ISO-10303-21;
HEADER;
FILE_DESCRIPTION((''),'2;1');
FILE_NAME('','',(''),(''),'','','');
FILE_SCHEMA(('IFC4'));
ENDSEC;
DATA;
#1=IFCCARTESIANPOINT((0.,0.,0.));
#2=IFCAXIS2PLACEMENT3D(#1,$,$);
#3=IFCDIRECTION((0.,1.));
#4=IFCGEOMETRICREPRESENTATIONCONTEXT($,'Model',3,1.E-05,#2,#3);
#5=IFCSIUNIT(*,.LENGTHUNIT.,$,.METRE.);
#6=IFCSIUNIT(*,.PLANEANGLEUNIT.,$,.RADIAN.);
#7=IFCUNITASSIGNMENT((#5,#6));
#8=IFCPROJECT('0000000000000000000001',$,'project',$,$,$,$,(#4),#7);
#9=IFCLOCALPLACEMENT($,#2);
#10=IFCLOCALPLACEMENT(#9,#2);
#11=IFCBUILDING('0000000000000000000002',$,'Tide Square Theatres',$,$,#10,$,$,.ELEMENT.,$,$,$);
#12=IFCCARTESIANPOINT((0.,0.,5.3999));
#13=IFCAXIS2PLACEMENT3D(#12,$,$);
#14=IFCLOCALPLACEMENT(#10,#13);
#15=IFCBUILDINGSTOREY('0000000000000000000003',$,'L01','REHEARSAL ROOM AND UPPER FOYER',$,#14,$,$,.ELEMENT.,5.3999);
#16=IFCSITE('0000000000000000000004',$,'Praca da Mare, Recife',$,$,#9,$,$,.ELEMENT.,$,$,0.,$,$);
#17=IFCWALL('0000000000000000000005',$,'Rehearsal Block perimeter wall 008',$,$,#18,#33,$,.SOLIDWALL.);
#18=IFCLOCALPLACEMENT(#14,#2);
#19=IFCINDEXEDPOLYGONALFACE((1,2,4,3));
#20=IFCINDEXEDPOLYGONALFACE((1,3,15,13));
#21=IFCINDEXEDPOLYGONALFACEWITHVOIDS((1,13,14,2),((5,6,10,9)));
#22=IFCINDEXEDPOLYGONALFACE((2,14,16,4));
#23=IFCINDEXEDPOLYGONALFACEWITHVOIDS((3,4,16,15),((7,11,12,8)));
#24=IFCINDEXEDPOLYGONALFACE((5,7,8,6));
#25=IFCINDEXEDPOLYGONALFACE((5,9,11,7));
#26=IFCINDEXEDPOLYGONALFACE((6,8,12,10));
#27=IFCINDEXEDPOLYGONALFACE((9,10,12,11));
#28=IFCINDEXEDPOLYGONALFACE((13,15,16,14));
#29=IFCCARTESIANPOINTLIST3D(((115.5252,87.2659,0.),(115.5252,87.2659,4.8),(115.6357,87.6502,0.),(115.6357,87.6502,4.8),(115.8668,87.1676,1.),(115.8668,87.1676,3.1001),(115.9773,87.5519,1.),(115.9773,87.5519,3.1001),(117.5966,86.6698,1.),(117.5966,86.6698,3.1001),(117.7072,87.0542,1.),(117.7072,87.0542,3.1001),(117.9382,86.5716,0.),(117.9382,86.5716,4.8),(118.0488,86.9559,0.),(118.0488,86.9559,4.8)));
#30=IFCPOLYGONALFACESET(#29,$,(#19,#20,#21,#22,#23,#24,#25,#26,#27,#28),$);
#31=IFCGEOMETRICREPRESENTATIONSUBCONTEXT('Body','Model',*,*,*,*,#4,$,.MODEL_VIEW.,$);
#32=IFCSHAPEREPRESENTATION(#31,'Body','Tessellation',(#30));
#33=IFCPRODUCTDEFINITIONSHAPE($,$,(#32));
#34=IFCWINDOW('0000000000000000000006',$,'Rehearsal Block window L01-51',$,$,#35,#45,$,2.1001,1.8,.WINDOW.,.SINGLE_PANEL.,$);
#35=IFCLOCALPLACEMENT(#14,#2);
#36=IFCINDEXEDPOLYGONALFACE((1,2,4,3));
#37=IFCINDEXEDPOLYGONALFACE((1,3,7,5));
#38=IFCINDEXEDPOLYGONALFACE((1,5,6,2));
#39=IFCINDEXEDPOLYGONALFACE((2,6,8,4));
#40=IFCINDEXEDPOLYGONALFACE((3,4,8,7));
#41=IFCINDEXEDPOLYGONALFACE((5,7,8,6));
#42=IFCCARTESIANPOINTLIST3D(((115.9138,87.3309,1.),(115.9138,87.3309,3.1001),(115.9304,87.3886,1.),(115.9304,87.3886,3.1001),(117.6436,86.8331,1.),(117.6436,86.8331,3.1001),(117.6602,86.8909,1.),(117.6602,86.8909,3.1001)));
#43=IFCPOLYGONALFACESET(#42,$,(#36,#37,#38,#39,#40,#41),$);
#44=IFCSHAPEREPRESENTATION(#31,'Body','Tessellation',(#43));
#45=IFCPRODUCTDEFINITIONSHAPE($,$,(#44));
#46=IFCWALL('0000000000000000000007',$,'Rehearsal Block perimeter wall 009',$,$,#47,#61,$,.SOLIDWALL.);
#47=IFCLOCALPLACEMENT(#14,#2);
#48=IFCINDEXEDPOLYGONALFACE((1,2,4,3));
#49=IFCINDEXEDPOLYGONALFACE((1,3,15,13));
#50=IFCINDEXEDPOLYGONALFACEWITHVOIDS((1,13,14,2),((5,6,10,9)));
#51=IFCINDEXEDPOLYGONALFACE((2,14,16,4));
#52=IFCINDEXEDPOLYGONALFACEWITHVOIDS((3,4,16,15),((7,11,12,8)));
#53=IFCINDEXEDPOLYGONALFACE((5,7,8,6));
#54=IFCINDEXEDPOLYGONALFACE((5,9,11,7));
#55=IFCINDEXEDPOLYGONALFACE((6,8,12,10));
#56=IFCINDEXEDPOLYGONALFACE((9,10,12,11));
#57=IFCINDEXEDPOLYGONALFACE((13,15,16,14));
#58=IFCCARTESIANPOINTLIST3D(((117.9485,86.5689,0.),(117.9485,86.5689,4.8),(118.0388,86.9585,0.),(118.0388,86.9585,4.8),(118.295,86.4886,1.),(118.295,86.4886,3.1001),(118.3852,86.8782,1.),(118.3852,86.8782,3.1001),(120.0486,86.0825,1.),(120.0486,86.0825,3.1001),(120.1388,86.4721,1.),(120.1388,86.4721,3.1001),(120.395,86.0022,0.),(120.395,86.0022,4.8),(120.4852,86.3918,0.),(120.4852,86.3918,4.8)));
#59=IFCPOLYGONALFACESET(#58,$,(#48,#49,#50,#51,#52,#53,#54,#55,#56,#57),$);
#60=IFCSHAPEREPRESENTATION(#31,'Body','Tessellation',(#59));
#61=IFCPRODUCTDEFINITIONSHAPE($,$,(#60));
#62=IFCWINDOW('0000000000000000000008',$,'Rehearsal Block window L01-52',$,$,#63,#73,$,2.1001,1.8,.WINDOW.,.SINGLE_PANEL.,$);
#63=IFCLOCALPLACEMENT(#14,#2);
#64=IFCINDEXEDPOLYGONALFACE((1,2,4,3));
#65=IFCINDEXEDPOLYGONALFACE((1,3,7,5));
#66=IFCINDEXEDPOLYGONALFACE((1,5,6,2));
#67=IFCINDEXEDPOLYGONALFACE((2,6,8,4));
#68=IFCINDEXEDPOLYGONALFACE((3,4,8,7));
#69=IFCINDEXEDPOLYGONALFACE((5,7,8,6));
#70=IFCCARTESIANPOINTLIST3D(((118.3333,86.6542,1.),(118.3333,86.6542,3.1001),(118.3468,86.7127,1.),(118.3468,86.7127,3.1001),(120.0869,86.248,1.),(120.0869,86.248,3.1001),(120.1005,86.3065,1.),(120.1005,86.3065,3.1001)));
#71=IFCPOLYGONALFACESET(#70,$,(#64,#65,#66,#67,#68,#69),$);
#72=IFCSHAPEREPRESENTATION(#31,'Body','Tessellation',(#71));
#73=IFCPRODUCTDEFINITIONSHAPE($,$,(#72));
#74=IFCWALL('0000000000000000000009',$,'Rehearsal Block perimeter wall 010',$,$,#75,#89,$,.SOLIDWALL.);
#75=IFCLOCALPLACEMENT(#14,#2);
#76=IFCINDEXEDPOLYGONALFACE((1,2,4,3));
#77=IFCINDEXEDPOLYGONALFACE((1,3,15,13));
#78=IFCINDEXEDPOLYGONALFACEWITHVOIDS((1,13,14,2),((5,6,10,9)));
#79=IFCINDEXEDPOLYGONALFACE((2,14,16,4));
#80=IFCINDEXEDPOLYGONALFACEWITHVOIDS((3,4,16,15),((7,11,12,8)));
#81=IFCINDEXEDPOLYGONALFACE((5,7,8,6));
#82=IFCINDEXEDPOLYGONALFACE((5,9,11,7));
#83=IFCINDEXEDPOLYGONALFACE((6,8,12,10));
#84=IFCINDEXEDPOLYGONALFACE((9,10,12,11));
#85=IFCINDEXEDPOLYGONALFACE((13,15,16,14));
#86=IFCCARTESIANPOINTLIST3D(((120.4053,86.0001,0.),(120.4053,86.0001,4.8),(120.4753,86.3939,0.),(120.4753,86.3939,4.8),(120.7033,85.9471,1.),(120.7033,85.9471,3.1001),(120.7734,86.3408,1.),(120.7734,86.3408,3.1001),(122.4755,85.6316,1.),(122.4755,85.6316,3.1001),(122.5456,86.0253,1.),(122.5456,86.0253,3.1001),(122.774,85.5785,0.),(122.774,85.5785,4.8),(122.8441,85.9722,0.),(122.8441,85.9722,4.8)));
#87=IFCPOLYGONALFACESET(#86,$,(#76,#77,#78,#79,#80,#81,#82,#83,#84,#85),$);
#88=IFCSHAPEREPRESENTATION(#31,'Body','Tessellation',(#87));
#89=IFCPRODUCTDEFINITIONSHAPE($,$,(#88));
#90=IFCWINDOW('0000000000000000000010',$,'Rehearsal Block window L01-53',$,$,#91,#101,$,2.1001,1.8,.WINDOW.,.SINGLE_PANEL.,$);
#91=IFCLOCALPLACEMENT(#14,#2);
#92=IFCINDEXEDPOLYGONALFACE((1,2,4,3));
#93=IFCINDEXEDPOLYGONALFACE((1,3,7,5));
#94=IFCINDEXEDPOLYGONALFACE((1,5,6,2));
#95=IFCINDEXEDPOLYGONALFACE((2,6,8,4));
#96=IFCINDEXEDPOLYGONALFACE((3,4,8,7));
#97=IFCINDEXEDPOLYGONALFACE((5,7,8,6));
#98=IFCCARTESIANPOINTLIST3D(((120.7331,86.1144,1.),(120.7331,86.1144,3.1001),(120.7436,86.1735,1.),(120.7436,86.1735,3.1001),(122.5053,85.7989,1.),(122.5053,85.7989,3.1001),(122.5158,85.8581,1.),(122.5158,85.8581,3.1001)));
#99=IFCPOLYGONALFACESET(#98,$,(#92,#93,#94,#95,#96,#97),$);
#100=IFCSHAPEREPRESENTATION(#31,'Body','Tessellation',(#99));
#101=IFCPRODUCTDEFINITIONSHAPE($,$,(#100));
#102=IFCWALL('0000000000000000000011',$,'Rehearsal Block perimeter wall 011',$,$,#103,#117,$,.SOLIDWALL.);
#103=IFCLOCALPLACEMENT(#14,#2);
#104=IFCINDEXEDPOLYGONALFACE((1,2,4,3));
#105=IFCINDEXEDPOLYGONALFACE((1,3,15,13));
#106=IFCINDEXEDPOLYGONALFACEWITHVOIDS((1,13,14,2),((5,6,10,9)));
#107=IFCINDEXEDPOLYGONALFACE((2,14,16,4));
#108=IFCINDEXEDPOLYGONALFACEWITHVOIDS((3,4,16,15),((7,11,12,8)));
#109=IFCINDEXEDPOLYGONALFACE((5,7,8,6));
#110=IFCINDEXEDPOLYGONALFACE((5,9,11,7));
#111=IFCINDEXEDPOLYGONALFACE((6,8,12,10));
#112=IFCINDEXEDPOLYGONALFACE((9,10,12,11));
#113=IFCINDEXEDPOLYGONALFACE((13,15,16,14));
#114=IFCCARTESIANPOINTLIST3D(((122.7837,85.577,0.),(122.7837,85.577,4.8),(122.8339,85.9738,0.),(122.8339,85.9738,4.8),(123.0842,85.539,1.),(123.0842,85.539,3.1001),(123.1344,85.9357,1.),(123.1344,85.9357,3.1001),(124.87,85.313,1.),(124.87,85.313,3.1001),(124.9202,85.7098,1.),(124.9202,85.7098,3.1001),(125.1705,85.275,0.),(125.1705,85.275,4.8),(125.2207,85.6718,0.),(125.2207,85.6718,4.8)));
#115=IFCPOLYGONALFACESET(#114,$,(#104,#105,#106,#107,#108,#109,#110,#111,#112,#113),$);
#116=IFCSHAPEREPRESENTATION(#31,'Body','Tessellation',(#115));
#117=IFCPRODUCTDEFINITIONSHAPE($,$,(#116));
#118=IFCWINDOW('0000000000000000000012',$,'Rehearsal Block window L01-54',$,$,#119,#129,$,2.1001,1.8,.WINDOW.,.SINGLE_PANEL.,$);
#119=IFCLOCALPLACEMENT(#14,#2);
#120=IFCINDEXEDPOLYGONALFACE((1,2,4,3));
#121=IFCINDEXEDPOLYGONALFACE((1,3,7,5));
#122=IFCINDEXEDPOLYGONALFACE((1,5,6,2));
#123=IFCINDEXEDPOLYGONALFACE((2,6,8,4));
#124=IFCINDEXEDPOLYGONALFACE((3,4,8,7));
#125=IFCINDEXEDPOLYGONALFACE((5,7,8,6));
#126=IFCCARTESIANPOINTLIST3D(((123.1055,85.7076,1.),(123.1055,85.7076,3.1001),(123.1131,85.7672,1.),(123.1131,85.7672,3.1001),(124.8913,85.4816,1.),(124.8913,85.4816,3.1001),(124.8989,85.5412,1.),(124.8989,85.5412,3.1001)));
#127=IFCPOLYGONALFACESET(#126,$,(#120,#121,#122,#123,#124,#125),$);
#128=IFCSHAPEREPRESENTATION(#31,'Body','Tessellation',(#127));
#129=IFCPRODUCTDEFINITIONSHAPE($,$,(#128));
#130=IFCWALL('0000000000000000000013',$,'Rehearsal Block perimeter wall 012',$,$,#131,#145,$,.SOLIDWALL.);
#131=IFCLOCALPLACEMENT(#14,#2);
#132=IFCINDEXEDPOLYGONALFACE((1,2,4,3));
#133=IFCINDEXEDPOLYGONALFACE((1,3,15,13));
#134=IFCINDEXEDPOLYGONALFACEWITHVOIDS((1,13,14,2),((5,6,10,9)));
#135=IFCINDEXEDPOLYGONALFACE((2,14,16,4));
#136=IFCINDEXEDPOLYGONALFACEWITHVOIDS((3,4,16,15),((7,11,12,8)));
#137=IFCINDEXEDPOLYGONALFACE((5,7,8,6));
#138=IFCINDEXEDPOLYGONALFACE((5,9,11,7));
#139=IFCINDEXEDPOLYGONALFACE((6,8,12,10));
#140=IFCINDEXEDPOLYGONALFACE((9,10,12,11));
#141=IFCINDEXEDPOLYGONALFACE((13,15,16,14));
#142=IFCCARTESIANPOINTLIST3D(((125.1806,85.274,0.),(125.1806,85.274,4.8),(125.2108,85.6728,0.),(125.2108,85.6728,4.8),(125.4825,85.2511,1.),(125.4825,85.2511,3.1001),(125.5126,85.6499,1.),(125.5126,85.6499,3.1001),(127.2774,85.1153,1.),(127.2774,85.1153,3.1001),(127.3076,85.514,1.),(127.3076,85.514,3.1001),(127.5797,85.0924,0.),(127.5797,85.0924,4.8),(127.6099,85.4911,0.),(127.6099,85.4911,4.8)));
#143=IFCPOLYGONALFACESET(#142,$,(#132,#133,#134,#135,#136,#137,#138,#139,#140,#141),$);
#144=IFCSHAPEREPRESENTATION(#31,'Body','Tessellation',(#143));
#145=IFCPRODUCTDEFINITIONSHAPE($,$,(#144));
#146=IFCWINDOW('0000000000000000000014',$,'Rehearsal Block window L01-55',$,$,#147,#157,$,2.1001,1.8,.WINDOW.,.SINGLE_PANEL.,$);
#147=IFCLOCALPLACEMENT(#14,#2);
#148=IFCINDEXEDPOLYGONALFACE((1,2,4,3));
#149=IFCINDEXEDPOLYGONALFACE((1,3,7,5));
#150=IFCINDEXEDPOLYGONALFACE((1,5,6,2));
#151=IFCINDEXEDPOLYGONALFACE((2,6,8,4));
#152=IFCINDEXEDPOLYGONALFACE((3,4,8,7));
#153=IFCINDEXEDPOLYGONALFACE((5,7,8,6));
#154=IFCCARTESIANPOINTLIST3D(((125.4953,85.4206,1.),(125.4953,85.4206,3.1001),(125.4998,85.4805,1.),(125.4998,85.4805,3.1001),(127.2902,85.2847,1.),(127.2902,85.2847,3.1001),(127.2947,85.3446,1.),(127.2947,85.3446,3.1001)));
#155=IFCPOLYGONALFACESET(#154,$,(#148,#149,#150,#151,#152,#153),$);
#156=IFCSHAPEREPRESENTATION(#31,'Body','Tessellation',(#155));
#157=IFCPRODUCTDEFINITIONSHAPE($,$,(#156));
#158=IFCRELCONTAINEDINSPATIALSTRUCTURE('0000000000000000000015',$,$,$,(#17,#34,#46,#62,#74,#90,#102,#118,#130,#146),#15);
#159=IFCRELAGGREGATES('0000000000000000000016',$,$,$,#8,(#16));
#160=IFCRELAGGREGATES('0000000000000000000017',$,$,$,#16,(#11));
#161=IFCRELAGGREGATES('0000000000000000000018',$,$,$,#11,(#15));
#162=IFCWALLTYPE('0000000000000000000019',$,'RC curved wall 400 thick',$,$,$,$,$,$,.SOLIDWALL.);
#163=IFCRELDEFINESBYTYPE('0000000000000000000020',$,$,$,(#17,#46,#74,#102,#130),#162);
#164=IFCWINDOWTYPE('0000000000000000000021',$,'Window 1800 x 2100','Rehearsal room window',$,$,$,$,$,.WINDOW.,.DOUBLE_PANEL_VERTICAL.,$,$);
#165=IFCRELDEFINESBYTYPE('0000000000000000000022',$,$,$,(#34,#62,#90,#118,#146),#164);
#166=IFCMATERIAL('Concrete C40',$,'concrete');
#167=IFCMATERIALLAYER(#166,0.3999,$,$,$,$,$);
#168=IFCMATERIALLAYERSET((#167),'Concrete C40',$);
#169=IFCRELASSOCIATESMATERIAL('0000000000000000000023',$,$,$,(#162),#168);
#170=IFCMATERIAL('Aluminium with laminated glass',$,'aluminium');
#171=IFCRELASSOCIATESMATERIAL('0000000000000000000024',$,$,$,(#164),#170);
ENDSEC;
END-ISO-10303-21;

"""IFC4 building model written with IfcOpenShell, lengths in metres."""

from ifc_helpers import new_model, si_unit, direction, frame, frame_2d, origin, place, context, subcontext, project, spatial, rectangle, extrude, material, layer, layer_set, type_object, element, fill, save


model = new_model("IFC4")

# Units and contexts
model_context = context("Model", 3, precision=1e-05, world=origin(), true_north=direction((0.0, 1.0)))
body_context = subcontext(model_context, "Body", "Model", "MODEL_VIEW")
ifc_project = project(units=[si_unit("LENGTHUNIT", "METRE"), si_unit("PLANEANGLEUNIT", "RADIAN")], contexts=[model_context])

# Site, building, storey
site_placement = place(None, origin())
site = spatial("IfcSite", under=ifc_project, at=site_placement, Name="Praca da Mare, Recife", CompositionType="ELEMENT", RefElevation=0.0)
building_placement = place(site_placement, origin())
building = spatial("IfcBuilding", under=site, at=building_placement, Name="Tide Square Theatres", CompositionType="ELEMENT")
storey_placement = place(building_placement, frame((0.0, 0.0, 5.3999)))
storey = spatial("IfcBuildingStorey", under=building, at=storey_placement, Name="L01", Description="REHEARSAL ROOM AND UPPER FOYER", CompositionType="ELEMENT", Elevation=5.3999)

# Walls, openings, windows
ifc_material_1 = material(Name="Concrete C40", Category="concrete")
ifc_layer_1 = layer(ifc_material_1, 0.3999)
ifc_layer_set_1 = layer_set([ifc_layer_1], Name="Concrete C40")
wall_type = type_object("IfcWallType", Name="RC curved wall 400 thick", PredefinedType="SOLIDWALL", material=ifc_layer_set_1)
ifc_material_2 = material(Name="Aluminium with laminated glass", Category="aluminium")
window_type_1 = type_object("IfcWindowType", Name="Window 1800 x 2100", Description="Rehearsal room window", PartitioningType="DOUBLE_PANEL_VERTICAL", PredefinedType="WINDOW", material=ifc_material_2)
wall_1_placement = place(storey_placement, frame((115.5806, 87.458, 0.0), z_axis=(0.0, 0.0, 1.0), x_axis=(0.961009, -0.276518, 0.0)))
wall_1 = element("IfcWall", 1, at=wall_1_placement, inside=storey, type_object=wall_type, Name="Rehearsal Block perimeter wall 008", PredefinedType="SOLIDWALL", context=body_context, shape_type="SweptSolid", body=[
    extrude(rectangle(XDim=2.511, YDim=0.3999, at=frame_2d((1.2554, 0.0))), origin(), (0.0, 0.0, 1.0), 4.8),
])
opening_1_placement = place(wall_1_placement, frame((0.3555, 0.0, 1.0)))
opening_1 = element("IfcOpeningElement", 2, at=opening_1_placement, cuts=wall_1, PredefinedType="OPENING", context=body_context, shape_type="SweptSolid", body=[
    extrude(rectangle(XDim=1.8, YDim=2.1001, at=frame_2d((0.8999, 1.05))), frame((0.0, 0.21, 0.0), z_axis=(0.0, -1.0, 0.0), x_axis=(1.0, 0.0, 0.0)), (0.0, 0.0, 1.0), 0.4199),
])
window_1_placement = place(opening_1_placement, origin())
window_1 = element("IfcWindow", 3, at=window_1_placement, inside=storey, type_object=window_type_1, Name="Rehearsal Block window L01-51", OverallHeight=2.1001, OverallWidth=1.8, PartitioningType="SINGLE_PANEL", PredefinedType="WINDOW", context=body_context, shape_type="SweptSolid", body=[
    extrude(rectangle(XDim=1.8, YDim=2.1001, at=frame_2d((0.8999, 1.05))), frame((0.0, 0.03, 0.0), z_axis=(0.0, -1.0, 0.0), x_axis=(1.0, 0.0, 0.0)), (0.0, 0.0, 1.0), 0.0601),
])
fill(opening_1, window_1)
wall_2_placement = place(storey_placement, frame((117.9937, 86.7637, 0.0), z_axis=(0.0, 0.0, 1.0), x_axis=(0.974211, -0.22564, 0.0)))
wall_2 = element("IfcWall", 4, at=wall_2_placement, inside=storey, type_object=wall_type, Name="Rehearsal Block perimeter wall 009", PredefinedType="SOLIDWALL", context=body_context, shape_type="SweptSolid", body=[
    extrude(rectangle(XDim=2.5112, YDim=0.3999, at=frame_2d((1.2556, 0.0))), origin(), (0.0, 0.0, 1.0), 4.8),
])
opening_2_placement = place(wall_2_placement, frame((0.3557, 0.0, 1.0)))
opening_2 = element("IfcOpeningElement", 5, at=opening_2_placement, cuts=wall_2, PredefinedType="OPENING", context=body_context, shape_type="SweptSolid", body=[
    extrude(rectangle(XDim=1.8, YDim=2.1001, at=frame_2d((0.8999, 1.05))), frame((0.0, 0.21, 0.0), z_axis=(0.0, -1.0, 0.0), x_axis=(1.0, 0.0, 0.0)), (0.0, 0.0, 1.0), 0.4199),
])
window_2_placement = place(opening_2_placement, origin())
window_2 = element("IfcWindow", 6, at=window_2_placement, inside=storey, type_object=window_type_1, Name="Rehearsal Block window L01-52", OverallHeight=2.1001, OverallWidth=1.8, PartitioningType="SINGLE_PANEL", PredefinedType="WINDOW", context=body_context, shape_type="SweptSolid", body=[
    extrude(rectangle(XDim=1.8, YDim=2.1001, at=frame_2d((0.8999, 1.05))), frame((0.0, 0.03, 0.0), z_axis=(0.0, -1.0, 0.0), x_axis=(1.0, 0.0, 0.0)), (0.0, 0.0, 1.0), 0.0601),
])
fill(opening_2, window_2)
wall_3_placement = place(storey_placement, frame((120.4402, 86.197, 0.0), z_axis=(0.0, 0.0, 1.0), x_axis=(0.984524, -0.17525, 0.0)))
wall_3 = element("IfcWall", 7, at=wall_3_placement, inside=storey, type_object=wall_type, Name="Rehearsal Block perimeter wall 010", PredefinedType="SOLIDWALL", context=body_context, shape_type="SweptSolid", body=[
    extrude(rectangle(XDim=2.406, YDim=0.3999, at=frame_2d((1.2031, 0.0))), origin(), (0.0, 0.0, 1.0), 4.8),
])
opening_3_placement = place(wall_3_placement, frame((0.303, 0.0, 1.0)))
opening_3 = element("IfcOpeningElement", 8, at=opening_3_placement, cuts=wall_3, PredefinedType="OPENING", context=body_context, shape_type="SweptSolid", body=[
    extrude(rectangle(XDim=1.8, YDim=2.1001, at=frame_2d((0.8999, 1.05))), frame((0.0, 0.21, 0.0), z_axis=(0.0, -1.0, 0.0), x_axis=(1.0, 0.0, 0.0)), (0.0, 0.0, 1.0), 0.4199),
])
window_3_placement = place(opening_3_placement, origin())
window_3 = element("IfcWindow", 9, at=window_3_placement, inside=storey, type_object=window_type_1, Name="Rehearsal Block window L01-53", OverallHeight=2.1001, OverallWidth=1.8, PartitioningType="SINGLE_PANEL", PredefinedType="WINDOW", context=body_context, shape_type="SweptSolid", body=[
    extrude(rectangle(XDim=1.8, YDim=2.1001, at=frame_2d((0.8999, 1.05))), frame((0.0, 0.03, 0.0), z_axis=(0.0, -1.0, 0.0), x_axis=(1.0, 0.0, 0.0)), (0.0, 0.0, 1.0), 0.0601),
])
fill(opening_3, window_3)
wall_4_placement = place(storey_placement, frame((122.8088, 85.7754, 0.0), z_axis=(0.0, 0.0, 1.0), x_axis=(0.992089, -0.125533, 0.0)))
wall_4 = element("IfcWall", 10, at=wall_4_placement, inside=storey, type_object=wall_type, Name="Rehearsal Block perimeter wall 011", PredefinedType="SOLIDWALL", context=body_context, shape_type="SweptSolid", body=[
    extrude(rectangle(XDim=2.4058, YDim=0.3999, at=frame_2d((1.2029, 0.0))), origin(), (0.0, 0.0, 1.0), 4.8),
])
opening_4_placement = place(wall_4_placement, frame((0.303, 0.0, 1.0)))
opening_4 = element("IfcOpeningElement", 11, at=opening_4_placement, cuts=wall_4, PredefinedType="OPENING", context=body_context, shape_type="SweptSolid", body=[
    extrude(rectangle(XDim=1.8, YDim=2.1001, at=frame_2d((0.8999, 1.05))), frame((0.0, 0.21, 0.0), z_axis=(0.0, -1.0, 0.0), x_axis=(1.0, 0.0, 0.0)), (0.0, 0.0, 1.0), 0.4199),
])
window_4_placement = place(opening_4_placement, origin())
window_4 = element("IfcWindow", 12, at=window_4_placement, inside=storey, type_object=window_type_1, Name="Rehearsal Block window L01-54", OverallHeight=2.1001, OverallWidth=1.8, PartitioningType="SINGLE_PANEL", PredefinedType="WINDOW", context=body_context, shape_type="SweptSolid", body=[
    extrude(rectangle(XDim=1.8, YDim=2.1001, at=frame_2d((0.8999, 1.05))), frame((0.0, 0.03, 0.0), z_axis=(0.0, -1.0, 0.0), x_axis=(1.0, 0.0, 0.0)), (0.0, 0.0, 1.0), 0.0601),
])
fill(opening_4, window_4)
wall_5_placement = place(storey_placement, frame((125.1956, 85.4734, 0.0), z_axis=(0.0, 0.0, 1.0), x_axis=(0.997146, -0.075494, 0.0)))
wall_5 = element("IfcWall", 13, at=wall_5_placement, inside=storey, type_object=wall_type, Name="Rehearsal Block perimeter wall 012", PredefinedType="SOLIDWALL", context=body_context, shape_type="SweptSolid", body=[
    extrude(rectangle(XDim=2.406, YDim=0.3999, at=frame_2d((1.2031, 0.0))), origin(), (0.0, 0.0, 1.0), 4.8),
])
opening_5_placement = place(wall_5_placement, frame((0.303, 0.0, 1.0)))
opening_5 = element("IfcOpeningElement", 14, at=opening_5_placement, cuts=wall_5, PredefinedType="OPENING", context=body_context, shape_type="SweptSolid", body=[
    extrude(rectangle(XDim=1.8, YDim=2.1001, at=frame_2d((0.8999, 1.05))), frame((0.0, 0.21, 0.0), z_axis=(0.0, -1.0, 0.0), x_axis=(1.0, 0.0, 0.0)), (0.0, 0.0, 1.0), 0.4199),
])
window_5_placement = place(opening_5_placement, origin())
window_5 = element("IfcWindow", 15, at=window_5_placement, inside=storey, type_object=window_type_1, Name="Rehearsal Block window L01-55", OverallHeight=2.1001, OverallWidth=1.8, PartitioningType="SINGLE_PANEL", PredefinedType="WINDOW", context=body_context, shape_type="SweptSolid", body=[
    extrude(rectangle(XDim=1.8, YDim=2.1001, at=frame_2d((0.8999, 1.05))), frame((0.0, 0.03, 0.0), z_axis=(0.0, -1.0, 0.0), x_axis=(1.0, 0.0, 0.0)), (0.0, 0.0, 1.0), 0.0601),
])
fill(opening_5, window_5)

save(model, "model.ifc")
